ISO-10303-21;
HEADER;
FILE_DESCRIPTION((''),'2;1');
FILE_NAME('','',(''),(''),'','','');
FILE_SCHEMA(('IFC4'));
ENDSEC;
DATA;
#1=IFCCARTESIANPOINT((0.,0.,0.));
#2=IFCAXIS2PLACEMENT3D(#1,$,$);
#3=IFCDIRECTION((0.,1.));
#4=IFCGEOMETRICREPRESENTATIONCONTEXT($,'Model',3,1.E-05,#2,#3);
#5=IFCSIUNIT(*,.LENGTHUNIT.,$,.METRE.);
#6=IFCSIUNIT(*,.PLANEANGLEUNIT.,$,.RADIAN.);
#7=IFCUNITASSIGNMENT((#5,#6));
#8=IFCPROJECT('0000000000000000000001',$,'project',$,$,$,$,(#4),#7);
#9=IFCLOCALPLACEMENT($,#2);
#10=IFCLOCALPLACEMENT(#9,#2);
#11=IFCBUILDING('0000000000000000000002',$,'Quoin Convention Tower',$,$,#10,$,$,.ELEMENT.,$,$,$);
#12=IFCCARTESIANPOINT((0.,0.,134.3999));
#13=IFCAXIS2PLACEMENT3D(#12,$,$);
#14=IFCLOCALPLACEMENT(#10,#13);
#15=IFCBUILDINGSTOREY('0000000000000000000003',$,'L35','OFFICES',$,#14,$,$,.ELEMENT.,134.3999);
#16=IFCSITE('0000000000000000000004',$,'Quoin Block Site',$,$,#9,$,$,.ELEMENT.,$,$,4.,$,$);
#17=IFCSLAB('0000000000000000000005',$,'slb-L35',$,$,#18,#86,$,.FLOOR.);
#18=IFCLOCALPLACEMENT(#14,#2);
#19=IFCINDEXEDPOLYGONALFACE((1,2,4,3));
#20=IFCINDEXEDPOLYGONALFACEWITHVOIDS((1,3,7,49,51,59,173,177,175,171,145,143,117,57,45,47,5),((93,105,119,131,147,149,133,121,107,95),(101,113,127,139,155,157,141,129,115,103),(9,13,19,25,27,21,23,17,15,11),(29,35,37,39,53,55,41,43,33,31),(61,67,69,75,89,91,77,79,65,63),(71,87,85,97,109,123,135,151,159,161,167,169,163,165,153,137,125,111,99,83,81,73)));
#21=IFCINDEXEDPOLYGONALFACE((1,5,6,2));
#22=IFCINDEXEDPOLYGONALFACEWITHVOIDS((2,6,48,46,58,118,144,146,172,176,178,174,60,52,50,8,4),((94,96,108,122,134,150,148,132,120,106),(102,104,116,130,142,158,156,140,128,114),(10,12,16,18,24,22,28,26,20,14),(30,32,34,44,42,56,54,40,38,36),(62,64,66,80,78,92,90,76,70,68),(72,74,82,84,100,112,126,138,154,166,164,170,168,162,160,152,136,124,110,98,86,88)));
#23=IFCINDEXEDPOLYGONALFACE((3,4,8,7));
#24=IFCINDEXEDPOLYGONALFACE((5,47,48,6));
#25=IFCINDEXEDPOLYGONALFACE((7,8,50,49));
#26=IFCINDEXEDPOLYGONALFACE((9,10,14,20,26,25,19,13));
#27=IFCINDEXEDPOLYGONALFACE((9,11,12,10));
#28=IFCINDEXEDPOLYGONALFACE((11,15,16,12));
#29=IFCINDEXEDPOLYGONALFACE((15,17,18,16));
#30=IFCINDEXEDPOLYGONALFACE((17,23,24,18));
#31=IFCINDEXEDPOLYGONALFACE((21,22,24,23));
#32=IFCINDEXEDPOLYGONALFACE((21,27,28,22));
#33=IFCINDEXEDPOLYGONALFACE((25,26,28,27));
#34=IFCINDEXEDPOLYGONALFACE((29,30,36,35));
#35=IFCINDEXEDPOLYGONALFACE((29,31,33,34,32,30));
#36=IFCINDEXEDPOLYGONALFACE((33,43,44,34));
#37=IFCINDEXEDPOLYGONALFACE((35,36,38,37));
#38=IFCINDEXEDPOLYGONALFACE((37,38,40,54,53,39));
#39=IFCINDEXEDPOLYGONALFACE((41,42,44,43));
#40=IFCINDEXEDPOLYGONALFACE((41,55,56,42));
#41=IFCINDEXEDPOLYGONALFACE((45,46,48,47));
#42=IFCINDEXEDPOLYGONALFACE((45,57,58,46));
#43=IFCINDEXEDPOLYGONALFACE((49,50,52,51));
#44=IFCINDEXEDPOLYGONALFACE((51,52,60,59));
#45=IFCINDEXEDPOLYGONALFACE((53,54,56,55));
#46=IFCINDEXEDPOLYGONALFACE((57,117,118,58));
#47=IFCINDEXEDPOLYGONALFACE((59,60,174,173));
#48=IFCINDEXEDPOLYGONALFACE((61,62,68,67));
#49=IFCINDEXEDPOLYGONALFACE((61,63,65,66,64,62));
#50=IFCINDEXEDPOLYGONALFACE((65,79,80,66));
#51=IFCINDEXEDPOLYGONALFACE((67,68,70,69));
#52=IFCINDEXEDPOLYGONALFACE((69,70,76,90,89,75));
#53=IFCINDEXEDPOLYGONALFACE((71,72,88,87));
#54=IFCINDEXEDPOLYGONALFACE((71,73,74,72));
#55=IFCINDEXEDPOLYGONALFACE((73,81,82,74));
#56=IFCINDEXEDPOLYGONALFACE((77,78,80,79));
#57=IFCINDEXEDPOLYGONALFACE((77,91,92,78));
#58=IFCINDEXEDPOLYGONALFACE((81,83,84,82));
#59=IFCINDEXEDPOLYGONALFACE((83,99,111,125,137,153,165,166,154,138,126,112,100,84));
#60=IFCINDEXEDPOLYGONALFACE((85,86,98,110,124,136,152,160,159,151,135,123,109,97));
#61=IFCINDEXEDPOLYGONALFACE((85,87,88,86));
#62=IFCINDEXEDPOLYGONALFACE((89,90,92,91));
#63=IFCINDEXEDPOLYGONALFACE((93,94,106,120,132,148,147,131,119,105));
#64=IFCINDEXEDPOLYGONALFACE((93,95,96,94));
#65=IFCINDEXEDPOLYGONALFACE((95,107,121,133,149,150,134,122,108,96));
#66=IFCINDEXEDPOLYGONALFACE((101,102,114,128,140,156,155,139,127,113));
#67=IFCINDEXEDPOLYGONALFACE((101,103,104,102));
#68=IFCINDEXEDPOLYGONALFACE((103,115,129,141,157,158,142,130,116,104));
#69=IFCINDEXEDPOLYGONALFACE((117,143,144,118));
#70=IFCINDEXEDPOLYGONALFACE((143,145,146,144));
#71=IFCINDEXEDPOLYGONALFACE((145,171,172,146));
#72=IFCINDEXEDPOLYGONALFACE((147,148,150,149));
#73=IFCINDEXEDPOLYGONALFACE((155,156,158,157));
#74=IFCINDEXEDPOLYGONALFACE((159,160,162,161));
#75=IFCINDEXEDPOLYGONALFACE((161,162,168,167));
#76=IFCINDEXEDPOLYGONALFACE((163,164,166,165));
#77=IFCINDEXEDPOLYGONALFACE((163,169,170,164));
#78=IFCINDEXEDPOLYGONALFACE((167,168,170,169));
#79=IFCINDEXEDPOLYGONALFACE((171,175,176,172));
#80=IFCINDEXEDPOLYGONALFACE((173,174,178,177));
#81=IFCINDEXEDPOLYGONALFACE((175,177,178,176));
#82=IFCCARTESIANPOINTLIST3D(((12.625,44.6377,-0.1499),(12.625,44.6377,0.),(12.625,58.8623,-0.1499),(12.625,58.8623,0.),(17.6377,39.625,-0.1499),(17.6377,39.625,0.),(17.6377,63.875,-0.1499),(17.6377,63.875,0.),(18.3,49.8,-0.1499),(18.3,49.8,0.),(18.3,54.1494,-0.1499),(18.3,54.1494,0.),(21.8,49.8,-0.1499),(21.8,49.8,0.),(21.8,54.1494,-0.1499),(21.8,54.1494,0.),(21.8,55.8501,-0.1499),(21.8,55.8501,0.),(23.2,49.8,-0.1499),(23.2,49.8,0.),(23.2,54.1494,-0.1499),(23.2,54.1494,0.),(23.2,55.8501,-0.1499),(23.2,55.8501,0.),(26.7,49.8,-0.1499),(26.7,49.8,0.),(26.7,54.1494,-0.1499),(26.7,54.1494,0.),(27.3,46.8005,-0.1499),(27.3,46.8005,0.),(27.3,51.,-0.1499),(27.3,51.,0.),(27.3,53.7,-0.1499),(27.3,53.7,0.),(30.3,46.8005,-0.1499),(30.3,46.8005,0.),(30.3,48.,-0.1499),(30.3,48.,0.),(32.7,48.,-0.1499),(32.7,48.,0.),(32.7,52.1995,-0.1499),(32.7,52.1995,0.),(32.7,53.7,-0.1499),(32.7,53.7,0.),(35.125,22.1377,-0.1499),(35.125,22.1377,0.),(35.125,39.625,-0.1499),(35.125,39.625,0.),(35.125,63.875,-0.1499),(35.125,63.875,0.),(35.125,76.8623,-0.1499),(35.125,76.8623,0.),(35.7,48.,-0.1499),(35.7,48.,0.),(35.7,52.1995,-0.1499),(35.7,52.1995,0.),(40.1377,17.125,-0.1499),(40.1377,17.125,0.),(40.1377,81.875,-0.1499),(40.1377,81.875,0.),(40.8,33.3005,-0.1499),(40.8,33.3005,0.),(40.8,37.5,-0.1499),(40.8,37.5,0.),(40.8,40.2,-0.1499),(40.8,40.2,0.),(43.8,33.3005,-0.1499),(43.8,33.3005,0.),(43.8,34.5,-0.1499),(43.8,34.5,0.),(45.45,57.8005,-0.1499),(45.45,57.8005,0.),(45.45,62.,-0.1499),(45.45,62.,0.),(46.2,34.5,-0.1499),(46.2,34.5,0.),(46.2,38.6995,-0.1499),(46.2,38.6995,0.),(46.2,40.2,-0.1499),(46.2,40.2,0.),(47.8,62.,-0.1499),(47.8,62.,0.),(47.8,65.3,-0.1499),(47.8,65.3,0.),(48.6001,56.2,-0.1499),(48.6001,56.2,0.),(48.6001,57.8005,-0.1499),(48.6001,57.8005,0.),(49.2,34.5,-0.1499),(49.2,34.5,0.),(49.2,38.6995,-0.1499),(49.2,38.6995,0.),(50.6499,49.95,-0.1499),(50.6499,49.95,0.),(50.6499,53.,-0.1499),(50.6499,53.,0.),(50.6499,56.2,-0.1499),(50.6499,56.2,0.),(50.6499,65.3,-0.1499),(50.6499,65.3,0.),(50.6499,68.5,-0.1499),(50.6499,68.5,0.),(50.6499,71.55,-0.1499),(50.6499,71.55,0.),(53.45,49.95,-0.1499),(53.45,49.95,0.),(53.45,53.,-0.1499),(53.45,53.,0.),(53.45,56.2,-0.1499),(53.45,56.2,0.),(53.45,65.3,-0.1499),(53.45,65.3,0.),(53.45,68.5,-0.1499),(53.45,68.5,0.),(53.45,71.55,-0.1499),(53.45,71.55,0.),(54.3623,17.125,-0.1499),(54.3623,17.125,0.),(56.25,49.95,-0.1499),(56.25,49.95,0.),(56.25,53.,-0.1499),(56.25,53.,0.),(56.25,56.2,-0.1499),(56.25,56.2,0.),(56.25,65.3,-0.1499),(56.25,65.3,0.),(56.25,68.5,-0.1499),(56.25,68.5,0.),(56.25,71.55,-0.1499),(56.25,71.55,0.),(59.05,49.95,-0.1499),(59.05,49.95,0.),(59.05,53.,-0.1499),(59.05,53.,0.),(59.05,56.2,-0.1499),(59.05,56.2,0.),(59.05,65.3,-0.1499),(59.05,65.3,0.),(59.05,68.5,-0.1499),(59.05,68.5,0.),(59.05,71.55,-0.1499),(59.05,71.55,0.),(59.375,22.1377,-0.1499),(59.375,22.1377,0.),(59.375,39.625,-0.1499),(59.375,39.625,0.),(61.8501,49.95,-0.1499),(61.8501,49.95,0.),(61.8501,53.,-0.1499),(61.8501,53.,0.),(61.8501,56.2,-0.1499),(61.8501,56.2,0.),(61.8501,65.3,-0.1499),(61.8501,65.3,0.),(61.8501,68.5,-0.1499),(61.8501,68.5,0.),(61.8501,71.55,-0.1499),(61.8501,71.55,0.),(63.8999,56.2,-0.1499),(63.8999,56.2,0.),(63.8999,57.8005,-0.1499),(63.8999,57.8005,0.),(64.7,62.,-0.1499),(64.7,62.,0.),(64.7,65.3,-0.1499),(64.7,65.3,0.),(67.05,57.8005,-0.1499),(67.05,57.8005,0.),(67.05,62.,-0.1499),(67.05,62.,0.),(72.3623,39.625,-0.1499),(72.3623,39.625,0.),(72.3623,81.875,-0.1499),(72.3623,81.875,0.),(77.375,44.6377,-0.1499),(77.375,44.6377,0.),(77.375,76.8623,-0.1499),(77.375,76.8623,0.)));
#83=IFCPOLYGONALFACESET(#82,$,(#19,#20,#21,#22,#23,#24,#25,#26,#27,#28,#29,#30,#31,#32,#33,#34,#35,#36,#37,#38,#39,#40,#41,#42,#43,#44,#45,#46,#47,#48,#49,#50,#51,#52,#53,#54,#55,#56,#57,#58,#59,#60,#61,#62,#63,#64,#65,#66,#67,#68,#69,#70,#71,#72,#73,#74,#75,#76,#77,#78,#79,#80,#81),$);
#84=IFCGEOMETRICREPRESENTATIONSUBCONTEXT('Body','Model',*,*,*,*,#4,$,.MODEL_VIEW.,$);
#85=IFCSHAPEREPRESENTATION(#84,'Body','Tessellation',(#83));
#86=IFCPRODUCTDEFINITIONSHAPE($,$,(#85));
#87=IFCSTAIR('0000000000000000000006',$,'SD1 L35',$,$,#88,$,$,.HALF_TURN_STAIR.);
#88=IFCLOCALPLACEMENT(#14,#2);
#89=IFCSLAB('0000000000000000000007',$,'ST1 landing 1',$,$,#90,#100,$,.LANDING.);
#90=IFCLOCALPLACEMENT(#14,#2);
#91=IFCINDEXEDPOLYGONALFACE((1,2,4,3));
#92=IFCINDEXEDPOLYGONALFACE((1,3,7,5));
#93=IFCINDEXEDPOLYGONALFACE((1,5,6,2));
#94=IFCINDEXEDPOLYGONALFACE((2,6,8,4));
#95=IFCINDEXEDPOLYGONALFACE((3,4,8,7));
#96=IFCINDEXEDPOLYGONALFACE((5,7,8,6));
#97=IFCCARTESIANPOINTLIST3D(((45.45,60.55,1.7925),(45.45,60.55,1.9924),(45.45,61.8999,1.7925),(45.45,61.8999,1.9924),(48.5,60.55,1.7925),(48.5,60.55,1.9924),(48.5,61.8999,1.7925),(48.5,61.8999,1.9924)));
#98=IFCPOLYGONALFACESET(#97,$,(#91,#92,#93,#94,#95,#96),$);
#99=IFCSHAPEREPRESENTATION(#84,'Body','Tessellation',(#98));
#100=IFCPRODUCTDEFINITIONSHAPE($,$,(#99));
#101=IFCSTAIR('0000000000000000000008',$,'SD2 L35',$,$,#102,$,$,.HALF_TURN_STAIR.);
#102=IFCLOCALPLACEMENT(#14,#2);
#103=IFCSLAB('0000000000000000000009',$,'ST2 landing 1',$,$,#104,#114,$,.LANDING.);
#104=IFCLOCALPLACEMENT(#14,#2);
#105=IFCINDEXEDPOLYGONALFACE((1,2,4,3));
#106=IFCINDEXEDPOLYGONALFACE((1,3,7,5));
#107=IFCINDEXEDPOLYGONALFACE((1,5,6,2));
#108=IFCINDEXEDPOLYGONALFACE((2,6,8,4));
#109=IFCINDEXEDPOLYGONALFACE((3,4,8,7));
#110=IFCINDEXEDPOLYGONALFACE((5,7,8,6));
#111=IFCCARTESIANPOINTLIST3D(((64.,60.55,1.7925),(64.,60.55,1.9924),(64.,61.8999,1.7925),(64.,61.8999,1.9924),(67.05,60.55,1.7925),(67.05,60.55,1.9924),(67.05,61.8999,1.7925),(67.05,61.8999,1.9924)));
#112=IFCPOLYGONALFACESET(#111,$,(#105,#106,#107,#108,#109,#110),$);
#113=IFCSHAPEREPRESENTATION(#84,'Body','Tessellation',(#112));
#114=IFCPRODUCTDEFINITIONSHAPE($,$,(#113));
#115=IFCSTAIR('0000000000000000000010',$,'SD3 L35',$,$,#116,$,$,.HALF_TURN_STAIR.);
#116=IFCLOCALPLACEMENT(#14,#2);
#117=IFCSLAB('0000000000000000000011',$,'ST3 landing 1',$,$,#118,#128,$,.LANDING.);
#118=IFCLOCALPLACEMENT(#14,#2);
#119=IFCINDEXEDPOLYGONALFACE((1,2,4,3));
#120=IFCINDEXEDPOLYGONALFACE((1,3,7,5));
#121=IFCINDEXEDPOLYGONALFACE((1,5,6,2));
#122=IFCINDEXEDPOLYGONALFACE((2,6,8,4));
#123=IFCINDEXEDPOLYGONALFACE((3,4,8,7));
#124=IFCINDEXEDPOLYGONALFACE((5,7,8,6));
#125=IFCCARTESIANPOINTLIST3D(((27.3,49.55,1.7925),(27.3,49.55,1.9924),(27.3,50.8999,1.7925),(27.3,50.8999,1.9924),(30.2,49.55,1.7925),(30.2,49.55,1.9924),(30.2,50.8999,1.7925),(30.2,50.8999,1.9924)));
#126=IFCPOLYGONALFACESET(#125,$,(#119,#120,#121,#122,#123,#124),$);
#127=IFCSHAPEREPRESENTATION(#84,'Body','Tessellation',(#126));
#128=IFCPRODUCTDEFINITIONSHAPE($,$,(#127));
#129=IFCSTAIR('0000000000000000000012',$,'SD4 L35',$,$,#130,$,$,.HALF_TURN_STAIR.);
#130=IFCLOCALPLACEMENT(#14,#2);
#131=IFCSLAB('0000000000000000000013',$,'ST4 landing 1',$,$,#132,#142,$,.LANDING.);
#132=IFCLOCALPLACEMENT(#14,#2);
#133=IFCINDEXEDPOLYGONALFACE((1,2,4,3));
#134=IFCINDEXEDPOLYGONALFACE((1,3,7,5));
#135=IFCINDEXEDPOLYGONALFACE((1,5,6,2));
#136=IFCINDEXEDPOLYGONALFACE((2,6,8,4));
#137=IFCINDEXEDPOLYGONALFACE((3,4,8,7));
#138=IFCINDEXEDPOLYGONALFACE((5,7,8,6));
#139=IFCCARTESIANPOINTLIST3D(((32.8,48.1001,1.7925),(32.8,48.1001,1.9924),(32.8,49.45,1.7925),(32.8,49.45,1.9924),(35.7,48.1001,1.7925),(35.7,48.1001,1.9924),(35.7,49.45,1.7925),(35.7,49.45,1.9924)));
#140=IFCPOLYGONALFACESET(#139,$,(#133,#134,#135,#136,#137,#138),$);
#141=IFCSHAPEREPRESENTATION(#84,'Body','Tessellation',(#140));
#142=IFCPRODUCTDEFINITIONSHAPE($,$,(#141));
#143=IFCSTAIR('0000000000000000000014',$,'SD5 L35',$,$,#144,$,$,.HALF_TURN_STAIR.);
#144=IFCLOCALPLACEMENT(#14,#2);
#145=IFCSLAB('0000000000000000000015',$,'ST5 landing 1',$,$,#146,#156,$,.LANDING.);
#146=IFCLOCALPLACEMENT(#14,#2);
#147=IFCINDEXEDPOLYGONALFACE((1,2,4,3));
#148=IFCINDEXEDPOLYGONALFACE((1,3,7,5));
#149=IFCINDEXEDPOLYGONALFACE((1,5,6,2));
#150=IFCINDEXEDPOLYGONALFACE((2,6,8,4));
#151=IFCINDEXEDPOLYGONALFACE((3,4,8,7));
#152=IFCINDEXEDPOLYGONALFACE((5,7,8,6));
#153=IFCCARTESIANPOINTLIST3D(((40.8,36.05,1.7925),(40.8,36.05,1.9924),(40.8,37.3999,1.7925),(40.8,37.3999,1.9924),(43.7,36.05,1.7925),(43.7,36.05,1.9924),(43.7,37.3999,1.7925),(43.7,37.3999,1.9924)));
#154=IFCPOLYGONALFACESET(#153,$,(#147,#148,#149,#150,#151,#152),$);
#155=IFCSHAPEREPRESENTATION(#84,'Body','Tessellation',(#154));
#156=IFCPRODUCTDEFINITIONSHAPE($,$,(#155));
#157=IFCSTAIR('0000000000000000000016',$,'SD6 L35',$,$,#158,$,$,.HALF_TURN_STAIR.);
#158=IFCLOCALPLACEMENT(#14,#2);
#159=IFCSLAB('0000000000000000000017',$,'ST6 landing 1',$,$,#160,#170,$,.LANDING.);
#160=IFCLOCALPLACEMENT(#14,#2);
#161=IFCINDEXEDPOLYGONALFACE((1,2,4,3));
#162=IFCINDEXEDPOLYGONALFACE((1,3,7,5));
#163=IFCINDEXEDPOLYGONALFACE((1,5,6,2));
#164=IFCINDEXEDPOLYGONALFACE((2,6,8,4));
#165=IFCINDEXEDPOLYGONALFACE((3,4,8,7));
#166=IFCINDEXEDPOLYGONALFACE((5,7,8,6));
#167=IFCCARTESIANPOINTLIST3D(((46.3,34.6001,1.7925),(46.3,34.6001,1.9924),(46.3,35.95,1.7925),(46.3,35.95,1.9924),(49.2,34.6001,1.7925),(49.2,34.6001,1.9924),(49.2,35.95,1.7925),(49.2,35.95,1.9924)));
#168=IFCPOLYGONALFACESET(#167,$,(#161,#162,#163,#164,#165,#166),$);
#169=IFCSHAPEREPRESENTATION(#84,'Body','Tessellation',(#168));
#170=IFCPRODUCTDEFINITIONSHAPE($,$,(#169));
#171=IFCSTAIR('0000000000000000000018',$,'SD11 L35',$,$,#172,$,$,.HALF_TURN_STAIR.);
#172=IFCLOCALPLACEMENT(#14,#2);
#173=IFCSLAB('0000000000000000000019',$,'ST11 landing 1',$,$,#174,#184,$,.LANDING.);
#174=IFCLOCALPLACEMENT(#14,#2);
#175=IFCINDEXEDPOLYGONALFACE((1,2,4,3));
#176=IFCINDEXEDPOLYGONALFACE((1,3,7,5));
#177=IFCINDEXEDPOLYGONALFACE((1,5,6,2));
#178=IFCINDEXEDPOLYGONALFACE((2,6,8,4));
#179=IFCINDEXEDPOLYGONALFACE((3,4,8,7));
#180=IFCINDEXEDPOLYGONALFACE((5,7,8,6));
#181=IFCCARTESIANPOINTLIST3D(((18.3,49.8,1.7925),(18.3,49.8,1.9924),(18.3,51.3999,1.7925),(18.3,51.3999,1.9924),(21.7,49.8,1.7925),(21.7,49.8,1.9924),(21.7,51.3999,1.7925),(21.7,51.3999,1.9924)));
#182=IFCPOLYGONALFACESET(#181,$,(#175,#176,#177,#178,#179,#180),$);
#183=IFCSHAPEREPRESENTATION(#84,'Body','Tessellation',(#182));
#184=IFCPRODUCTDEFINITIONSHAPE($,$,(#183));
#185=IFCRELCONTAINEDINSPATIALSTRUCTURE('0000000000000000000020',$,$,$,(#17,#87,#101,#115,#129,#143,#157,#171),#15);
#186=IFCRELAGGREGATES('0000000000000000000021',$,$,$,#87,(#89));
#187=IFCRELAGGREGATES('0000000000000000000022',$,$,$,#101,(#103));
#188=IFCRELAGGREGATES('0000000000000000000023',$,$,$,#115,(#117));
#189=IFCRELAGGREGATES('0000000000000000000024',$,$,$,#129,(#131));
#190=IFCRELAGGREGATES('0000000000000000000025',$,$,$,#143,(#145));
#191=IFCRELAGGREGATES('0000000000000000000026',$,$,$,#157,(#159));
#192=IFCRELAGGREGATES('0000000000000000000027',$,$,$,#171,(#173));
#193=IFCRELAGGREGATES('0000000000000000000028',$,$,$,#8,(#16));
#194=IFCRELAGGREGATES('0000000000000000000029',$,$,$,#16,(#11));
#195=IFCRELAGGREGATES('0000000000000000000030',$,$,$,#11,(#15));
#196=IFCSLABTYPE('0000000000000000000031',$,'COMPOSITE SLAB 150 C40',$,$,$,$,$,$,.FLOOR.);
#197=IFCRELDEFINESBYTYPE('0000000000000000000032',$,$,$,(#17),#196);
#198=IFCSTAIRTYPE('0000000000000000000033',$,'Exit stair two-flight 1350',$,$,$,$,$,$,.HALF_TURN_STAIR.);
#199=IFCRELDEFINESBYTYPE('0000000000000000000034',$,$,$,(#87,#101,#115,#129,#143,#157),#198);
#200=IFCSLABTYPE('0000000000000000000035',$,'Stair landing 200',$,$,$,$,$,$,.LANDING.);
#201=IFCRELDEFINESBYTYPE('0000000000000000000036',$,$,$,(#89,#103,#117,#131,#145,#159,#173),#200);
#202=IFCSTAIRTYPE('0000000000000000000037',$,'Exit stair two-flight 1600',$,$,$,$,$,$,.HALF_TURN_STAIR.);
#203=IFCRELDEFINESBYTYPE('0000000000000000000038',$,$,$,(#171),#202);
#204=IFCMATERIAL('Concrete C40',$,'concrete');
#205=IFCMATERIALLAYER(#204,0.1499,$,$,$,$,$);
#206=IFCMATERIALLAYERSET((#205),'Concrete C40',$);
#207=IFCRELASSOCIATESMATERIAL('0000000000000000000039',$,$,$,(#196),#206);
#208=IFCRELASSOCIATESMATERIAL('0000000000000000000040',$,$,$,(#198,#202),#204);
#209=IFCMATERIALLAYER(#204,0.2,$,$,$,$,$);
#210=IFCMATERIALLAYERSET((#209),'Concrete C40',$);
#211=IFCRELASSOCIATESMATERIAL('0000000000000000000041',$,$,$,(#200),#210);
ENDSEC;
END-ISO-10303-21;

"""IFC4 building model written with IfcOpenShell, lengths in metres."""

from ifc_helpers import new_model, si_unit, direction, frame, origin, place, context, subcontext, project, spatial, polyline, outline, extrude, material, layer, layer_set, type_object, element, aggregate, save


model = new_model("IFC4")

# Units and contexts
model_context = context("Model", 3, precision=1e-05, world=origin(), true_north=direction((0.0, 1.0)))
body_context = subcontext(model_context, "Body", "Model", "MODEL_VIEW")
ifc_project = project(units=[si_unit("LENGTHUNIT", "METRE"), si_unit("PLANEANGLEUNIT", "RADIAN")], contexts=[model_context])

# Site, building, storey
site_placement = place(None, origin())
site = spatial("IfcSite", under=ifc_project, at=site_placement, Name="Quoin Block Site", CompositionType="ELEMENT", RefElevation=4.0)
building_placement = place(site_placement, origin())
building = spatial("IfcBuilding", under=site, at=building_placement, Name="Quoin Convention Tower", CompositionType="ELEMENT")
storey_placement = place(building_placement, frame((0.0, 0.0, 134.3999)))
storey = spatial("IfcBuildingStorey", under=building, at=storey_placement, Name="L35", Description="OFFICES", CompositionType="ELEMENT", Elevation=134.3999)

# Slab
ifc_material_1 = material(Name="Concrete C40", Category="concrete")
ifc_layer_1 = layer(ifc_material_1, 0.1499)
ifc_layer_set_1 = layer_set([ifc_layer_1], Name="Concrete C40")
slab_type_1 = type_object("IfcSlabType", Name="COMPOSITE SLAB 150 C40", PredefinedType="FLOOR", material=ifc_layer_set_1)
slab_1_placement = place(storey_placement, frame((0.0, 0.0, -0.1499)))
element("IfcSlab", 1, at=slab_1_placement, inside=storey, type_object=slab_type_1, Name="slb-L35", PredefinedType="FLOOR", context=body_context, shape_type="SweptSolid", body=[
    extrude(outline(polyline([(59.375, 22.1377), (54.3623, 17.125), (40.1377, 17.125), (35.125, 22.1377), (35.125, 39.625), (17.6377, 39.625), (12.625, 44.6377), (12.625, 58.8623), (17.6377, 63.875), (35.125, 63.875), (35.125, 76.8623), (40.1377, 81.875), (72.3623, 81.875), (77.375, 76.8623), (77.375, 44.6377), (72.3623, 39.625), (59.375, 39.625), (59.375, 22.1377)]), holes=[polyline([(40.8, 40.2), (40.8, 37.5), (40.8, 33.3005), (43.8, 33.3005), (43.8, 34.5), (46.2, 34.5), (49.2, 34.5), (49.2, 38.6995), (46.2, 38.6995), (46.2, 40.2), (40.8, 40.2)]), polyline([(35.7, 52.1995), (32.7, 52.1995), (32.7, 53.7), (27.3, 53.7), (27.3, 51.0), (27.3, 46.8005), (30.3, 46.8005), (30.3, 48.0), (32.7, 48.0), (35.7, 48.0), (35.7, 52.1995)]), polyline([(53.45, 49.95), (56.25, 49.95), (59.05, 49.95), (61.8501, 49.95), (61.8501, 53.0), (59.05, 53.0), (56.25, 53.0), (53.45, 53.0), (50.6499, 53.0), (50.6499, 49.95), (53.45, 49.95)]), polyline([(21.8, 55.8501), (21.8, 54.1494), (18.3, 54.1494), (18.3, 49.8), (21.8, 49.8), (23.2, 49.8), (26.7, 49.8), (26.7, 54.1494), (23.2, 54.1494), (23.2, 55.8501), (21.8, 55.8501)]), polyline([(48.6001, 57.8005), (48.6001, 56.2), (50.6499, 56.2), (53.45, 56.2), (56.25, 56.2), (59.05, 56.2), (61.8501, 56.2), (63.8999, 56.2), (63.8999, 57.8005), (67.05, 57.8005), (67.05, 62.0), (64.7, 62.0), (64.7, 65.3), (61.8501, 65.3), (59.05, 65.3), (56.25, 65.3), (53.45, 65.3), (50.6499, 65.3), (47.8, 65.3), (47.8, 62.0), (45.45, 62.0), (45.45, 57.8005), (48.6001, 57.8005)]), polyline([(50.6499, 68.5), (53.45, 68.5), (56.25, 68.5), (59.05, 68.5), (61.8501, 68.5), (61.8501, 71.55), (59.05, 71.55), (56.25, 71.55), (53.45, 71.55), (50.6499, 71.55), (50.6499, 68.5)])]), origin(), (0.0, 0.0, 1.0), 0.1499),
])

# Stairs, slabs
stair_type_1 = type_object("IfcStairType", Name="Exit stair two-flight 1350", PredefinedType="HALF_TURN_STAIR", material=ifc_material_1)
stair_1_placement = place(storey_placement, origin())
stair_1 = element("IfcStair", 2, at=stair_1_placement, inside=storey, type_object=stair_type_1, Name="SD1 L35", PredefinedType="HALF_TURN_STAIR")
ifc_layer_2 = layer(ifc_material_1, 0.2)
ifc_layer_set_2 = layer_set([ifc_layer_2], Name="Concrete C40")
slab_type_2 = type_object("IfcSlabType", Name="Stair landing 200", PredefinedType="LANDING", material=ifc_layer_set_2)
slab_2_placement = place(storey_placement, frame((0.0, 0.0, 1.7925)))
slab_2 = element("IfcSlab", 3, at=slab_2_placement, type_object=slab_type_2, Name="ST1 landing 1", PredefinedType="LANDING", context=body_context, shape_type="SweptSolid", body=[
    extrude(outline(polyline([(45.45, 60.55), (48.5, 60.55), (48.5, 61.8999), (45.45, 61.8999), (45.45, 60.55)])), origin(), (0.0, 0.0, 1.0), 0.2),
])
aggregate(stair_1, [slab_2])
stair_2_placement = place(storey_placement, origin())
stair_2 = element("IfcStair", 4, at=stair_2_placement, inside=storey, type_object=stair_type_1, Name="SD2 L35", PredefinedType="HALF_TURN_STAIR")
slab_3_placement = place(storey_placement, frame((0.0, 0.0, 1.7925)))
slab_3 = element("IfcSlab", 5, at=slab_3_placement, type_object=slab_type_2, Name="ST2 landing 1", PredefinedType="LANDING", context=body_context, shape_type="SweptSolid", body=[
    extrude(outline(polyline([(64.0, 60.55), (67.05, 60.55), (67.05, 61.8999), (64.0, 61.8999), (64.0, 60.55)])), origin(), (0.0, 0.0, 1.0), 0.2),
])
aggregate(stair_2, [slab_3])
stair_3_placement = place(storey_placement, origin())
stair_3 = element("IfcStair", 6, at=stair_3_placement, inside=storey, type_object=stair_type_1, Name="SD3 L35", PredefinedType="HALF_TURN_STAIR")
slab_4_placement = place(storey_placement, frame((0.0, 0.0, 1.7925)))
slab_4 = element("IfcSlab", 7, at=slab_4_placement, type_object=slab_type_2, Name="ST3 landing 1", PredefinedType="LANDING", context=body_context, shape_type="SweptSolid", body=[
    extrude(outline(polyline([(27.3, 49.55), (30.2, 49.55), (30.2, 50.8999), (27.3, 50.8999), (27.3, 49.55)])), origin(), (0.0, 0.0, 1.0), 0.2),
])
aggregate(stair_3, [slab_4])
stair_4_placement = place(storey_placement, origin())
stair_4 = element("IfcStair", 8, at=stair_4_placement, inside=storey, type_object=stair_type_1, Name="SD4 L35", PredefinedType="HALF_TURN_STAIR")
slab_5_placement = place(storey_placement, frame((0.0, 0.0, 1.7925)))
slab_5 = element("IfcSlab", 9, at=slab_5_placement, type_object=slab_type_2, Name="ST4 landing 1", PredefinedType="LANDING", context=body_context, shape_type="SweptSolid", body=[
    extrude(outline(polyline([(35.7, 49.45), (32.8, 49.45), (32.8, 48.1001), (35.7, 48.1001), (35.7, 49.45)])), origin(), (0.0, 0.0, 1.0), 0.2),
])
aggregate(stair_4, [slab_5])
stair_5_placement = place(storey_placement, origin())
stair_5 = element("IfcStair", 10, at=stair_5_placement, inside=storey, type_object=stair_type_1, Name="SD5 L35", PredefinedType="HALF_TURN_STAIR")
slab_6_placement = place(storey_placement, frame((0.0, 0.0, 1.7925)))
slab_6 = element("IfcSlab", 11, at=slab_6_placement, type_object=slab_type_2, Name="ST5 landing 1", PredefinedType="LANDING", context=body_context, shape_type="SweptSolid", body=[
    extrude(outline(polyline([(40.8, 36.05), (43.7, 36.05), (43.7, 37.3999), (40.8, 37.3999), (40.8, 36.05)])), origin(), (0.0, 0.0, 1.0), 0.2),
])
aggregate(stair_5, [slab_6])
stair_6_placement = place(storey_placement, origin())
stair_6 = element("IfcStair", 12, at=stair_6_placement, inside=storey, type_object=stair_type_1, Name="SD6 L35", PredefinedType="HALF_TURN_STAIR")
slab_7_placement = place(storey_placement, frame((0.0, 0.0, 1.7925)))
slab_7 = element("IfcSlab", 13, at=slab_7_placement, type_object=slab_type_2, Name="ST6 landing 1", PredefinedType="LANDING", context=body_context, shape_type="SweptSolid", body=[
    extrude(outline(polyline([(49.2, 35.95), (46.3, 35.95), (46.3, 34.6001), (49.2, 34.6001), (49.2, 35.95)])), origin(), (0.0, 0.0, 1.0), 0.2),
])
aggregate(stair_6, [slab_7])
stair_type_2 = type_object("IfcStairType", Name="Exit stair two-flight 1600", PredefinedType="HALF_TURN_STAIR", material=ifc_material_1)
stair_7_placement = place(storey_placement, origin())
stair_7 = element("IfcStair", 14, at=stair_7_placement, inside=storey, type_object=stair_type_2, Name="SD11 L35", PredefinedType="HALF_TURN_STAIR")
slab_8_placement = place(storey_placement, frame((0.0, 0.0, 1.7925)))
slab_8 = element("IfcSlab", 15, at=slab_8_placement, type_object=slab_type_2, Name="ST11 landing 1", PredefinedType="LANDING", context=body_context, shape_type="SweptSolid", body=[
    extrude(outline(polyline([(21.7, 51.3999), (18.3, 51.3999), (18.3, 49.8), (21.7, 49.8), (21.7, 51.3999)])), origin(), (0.0, 0.0, 1.0), 0.2),
])
aggregate(stair_7, [slab_8])

save(model, "model.ifc")
